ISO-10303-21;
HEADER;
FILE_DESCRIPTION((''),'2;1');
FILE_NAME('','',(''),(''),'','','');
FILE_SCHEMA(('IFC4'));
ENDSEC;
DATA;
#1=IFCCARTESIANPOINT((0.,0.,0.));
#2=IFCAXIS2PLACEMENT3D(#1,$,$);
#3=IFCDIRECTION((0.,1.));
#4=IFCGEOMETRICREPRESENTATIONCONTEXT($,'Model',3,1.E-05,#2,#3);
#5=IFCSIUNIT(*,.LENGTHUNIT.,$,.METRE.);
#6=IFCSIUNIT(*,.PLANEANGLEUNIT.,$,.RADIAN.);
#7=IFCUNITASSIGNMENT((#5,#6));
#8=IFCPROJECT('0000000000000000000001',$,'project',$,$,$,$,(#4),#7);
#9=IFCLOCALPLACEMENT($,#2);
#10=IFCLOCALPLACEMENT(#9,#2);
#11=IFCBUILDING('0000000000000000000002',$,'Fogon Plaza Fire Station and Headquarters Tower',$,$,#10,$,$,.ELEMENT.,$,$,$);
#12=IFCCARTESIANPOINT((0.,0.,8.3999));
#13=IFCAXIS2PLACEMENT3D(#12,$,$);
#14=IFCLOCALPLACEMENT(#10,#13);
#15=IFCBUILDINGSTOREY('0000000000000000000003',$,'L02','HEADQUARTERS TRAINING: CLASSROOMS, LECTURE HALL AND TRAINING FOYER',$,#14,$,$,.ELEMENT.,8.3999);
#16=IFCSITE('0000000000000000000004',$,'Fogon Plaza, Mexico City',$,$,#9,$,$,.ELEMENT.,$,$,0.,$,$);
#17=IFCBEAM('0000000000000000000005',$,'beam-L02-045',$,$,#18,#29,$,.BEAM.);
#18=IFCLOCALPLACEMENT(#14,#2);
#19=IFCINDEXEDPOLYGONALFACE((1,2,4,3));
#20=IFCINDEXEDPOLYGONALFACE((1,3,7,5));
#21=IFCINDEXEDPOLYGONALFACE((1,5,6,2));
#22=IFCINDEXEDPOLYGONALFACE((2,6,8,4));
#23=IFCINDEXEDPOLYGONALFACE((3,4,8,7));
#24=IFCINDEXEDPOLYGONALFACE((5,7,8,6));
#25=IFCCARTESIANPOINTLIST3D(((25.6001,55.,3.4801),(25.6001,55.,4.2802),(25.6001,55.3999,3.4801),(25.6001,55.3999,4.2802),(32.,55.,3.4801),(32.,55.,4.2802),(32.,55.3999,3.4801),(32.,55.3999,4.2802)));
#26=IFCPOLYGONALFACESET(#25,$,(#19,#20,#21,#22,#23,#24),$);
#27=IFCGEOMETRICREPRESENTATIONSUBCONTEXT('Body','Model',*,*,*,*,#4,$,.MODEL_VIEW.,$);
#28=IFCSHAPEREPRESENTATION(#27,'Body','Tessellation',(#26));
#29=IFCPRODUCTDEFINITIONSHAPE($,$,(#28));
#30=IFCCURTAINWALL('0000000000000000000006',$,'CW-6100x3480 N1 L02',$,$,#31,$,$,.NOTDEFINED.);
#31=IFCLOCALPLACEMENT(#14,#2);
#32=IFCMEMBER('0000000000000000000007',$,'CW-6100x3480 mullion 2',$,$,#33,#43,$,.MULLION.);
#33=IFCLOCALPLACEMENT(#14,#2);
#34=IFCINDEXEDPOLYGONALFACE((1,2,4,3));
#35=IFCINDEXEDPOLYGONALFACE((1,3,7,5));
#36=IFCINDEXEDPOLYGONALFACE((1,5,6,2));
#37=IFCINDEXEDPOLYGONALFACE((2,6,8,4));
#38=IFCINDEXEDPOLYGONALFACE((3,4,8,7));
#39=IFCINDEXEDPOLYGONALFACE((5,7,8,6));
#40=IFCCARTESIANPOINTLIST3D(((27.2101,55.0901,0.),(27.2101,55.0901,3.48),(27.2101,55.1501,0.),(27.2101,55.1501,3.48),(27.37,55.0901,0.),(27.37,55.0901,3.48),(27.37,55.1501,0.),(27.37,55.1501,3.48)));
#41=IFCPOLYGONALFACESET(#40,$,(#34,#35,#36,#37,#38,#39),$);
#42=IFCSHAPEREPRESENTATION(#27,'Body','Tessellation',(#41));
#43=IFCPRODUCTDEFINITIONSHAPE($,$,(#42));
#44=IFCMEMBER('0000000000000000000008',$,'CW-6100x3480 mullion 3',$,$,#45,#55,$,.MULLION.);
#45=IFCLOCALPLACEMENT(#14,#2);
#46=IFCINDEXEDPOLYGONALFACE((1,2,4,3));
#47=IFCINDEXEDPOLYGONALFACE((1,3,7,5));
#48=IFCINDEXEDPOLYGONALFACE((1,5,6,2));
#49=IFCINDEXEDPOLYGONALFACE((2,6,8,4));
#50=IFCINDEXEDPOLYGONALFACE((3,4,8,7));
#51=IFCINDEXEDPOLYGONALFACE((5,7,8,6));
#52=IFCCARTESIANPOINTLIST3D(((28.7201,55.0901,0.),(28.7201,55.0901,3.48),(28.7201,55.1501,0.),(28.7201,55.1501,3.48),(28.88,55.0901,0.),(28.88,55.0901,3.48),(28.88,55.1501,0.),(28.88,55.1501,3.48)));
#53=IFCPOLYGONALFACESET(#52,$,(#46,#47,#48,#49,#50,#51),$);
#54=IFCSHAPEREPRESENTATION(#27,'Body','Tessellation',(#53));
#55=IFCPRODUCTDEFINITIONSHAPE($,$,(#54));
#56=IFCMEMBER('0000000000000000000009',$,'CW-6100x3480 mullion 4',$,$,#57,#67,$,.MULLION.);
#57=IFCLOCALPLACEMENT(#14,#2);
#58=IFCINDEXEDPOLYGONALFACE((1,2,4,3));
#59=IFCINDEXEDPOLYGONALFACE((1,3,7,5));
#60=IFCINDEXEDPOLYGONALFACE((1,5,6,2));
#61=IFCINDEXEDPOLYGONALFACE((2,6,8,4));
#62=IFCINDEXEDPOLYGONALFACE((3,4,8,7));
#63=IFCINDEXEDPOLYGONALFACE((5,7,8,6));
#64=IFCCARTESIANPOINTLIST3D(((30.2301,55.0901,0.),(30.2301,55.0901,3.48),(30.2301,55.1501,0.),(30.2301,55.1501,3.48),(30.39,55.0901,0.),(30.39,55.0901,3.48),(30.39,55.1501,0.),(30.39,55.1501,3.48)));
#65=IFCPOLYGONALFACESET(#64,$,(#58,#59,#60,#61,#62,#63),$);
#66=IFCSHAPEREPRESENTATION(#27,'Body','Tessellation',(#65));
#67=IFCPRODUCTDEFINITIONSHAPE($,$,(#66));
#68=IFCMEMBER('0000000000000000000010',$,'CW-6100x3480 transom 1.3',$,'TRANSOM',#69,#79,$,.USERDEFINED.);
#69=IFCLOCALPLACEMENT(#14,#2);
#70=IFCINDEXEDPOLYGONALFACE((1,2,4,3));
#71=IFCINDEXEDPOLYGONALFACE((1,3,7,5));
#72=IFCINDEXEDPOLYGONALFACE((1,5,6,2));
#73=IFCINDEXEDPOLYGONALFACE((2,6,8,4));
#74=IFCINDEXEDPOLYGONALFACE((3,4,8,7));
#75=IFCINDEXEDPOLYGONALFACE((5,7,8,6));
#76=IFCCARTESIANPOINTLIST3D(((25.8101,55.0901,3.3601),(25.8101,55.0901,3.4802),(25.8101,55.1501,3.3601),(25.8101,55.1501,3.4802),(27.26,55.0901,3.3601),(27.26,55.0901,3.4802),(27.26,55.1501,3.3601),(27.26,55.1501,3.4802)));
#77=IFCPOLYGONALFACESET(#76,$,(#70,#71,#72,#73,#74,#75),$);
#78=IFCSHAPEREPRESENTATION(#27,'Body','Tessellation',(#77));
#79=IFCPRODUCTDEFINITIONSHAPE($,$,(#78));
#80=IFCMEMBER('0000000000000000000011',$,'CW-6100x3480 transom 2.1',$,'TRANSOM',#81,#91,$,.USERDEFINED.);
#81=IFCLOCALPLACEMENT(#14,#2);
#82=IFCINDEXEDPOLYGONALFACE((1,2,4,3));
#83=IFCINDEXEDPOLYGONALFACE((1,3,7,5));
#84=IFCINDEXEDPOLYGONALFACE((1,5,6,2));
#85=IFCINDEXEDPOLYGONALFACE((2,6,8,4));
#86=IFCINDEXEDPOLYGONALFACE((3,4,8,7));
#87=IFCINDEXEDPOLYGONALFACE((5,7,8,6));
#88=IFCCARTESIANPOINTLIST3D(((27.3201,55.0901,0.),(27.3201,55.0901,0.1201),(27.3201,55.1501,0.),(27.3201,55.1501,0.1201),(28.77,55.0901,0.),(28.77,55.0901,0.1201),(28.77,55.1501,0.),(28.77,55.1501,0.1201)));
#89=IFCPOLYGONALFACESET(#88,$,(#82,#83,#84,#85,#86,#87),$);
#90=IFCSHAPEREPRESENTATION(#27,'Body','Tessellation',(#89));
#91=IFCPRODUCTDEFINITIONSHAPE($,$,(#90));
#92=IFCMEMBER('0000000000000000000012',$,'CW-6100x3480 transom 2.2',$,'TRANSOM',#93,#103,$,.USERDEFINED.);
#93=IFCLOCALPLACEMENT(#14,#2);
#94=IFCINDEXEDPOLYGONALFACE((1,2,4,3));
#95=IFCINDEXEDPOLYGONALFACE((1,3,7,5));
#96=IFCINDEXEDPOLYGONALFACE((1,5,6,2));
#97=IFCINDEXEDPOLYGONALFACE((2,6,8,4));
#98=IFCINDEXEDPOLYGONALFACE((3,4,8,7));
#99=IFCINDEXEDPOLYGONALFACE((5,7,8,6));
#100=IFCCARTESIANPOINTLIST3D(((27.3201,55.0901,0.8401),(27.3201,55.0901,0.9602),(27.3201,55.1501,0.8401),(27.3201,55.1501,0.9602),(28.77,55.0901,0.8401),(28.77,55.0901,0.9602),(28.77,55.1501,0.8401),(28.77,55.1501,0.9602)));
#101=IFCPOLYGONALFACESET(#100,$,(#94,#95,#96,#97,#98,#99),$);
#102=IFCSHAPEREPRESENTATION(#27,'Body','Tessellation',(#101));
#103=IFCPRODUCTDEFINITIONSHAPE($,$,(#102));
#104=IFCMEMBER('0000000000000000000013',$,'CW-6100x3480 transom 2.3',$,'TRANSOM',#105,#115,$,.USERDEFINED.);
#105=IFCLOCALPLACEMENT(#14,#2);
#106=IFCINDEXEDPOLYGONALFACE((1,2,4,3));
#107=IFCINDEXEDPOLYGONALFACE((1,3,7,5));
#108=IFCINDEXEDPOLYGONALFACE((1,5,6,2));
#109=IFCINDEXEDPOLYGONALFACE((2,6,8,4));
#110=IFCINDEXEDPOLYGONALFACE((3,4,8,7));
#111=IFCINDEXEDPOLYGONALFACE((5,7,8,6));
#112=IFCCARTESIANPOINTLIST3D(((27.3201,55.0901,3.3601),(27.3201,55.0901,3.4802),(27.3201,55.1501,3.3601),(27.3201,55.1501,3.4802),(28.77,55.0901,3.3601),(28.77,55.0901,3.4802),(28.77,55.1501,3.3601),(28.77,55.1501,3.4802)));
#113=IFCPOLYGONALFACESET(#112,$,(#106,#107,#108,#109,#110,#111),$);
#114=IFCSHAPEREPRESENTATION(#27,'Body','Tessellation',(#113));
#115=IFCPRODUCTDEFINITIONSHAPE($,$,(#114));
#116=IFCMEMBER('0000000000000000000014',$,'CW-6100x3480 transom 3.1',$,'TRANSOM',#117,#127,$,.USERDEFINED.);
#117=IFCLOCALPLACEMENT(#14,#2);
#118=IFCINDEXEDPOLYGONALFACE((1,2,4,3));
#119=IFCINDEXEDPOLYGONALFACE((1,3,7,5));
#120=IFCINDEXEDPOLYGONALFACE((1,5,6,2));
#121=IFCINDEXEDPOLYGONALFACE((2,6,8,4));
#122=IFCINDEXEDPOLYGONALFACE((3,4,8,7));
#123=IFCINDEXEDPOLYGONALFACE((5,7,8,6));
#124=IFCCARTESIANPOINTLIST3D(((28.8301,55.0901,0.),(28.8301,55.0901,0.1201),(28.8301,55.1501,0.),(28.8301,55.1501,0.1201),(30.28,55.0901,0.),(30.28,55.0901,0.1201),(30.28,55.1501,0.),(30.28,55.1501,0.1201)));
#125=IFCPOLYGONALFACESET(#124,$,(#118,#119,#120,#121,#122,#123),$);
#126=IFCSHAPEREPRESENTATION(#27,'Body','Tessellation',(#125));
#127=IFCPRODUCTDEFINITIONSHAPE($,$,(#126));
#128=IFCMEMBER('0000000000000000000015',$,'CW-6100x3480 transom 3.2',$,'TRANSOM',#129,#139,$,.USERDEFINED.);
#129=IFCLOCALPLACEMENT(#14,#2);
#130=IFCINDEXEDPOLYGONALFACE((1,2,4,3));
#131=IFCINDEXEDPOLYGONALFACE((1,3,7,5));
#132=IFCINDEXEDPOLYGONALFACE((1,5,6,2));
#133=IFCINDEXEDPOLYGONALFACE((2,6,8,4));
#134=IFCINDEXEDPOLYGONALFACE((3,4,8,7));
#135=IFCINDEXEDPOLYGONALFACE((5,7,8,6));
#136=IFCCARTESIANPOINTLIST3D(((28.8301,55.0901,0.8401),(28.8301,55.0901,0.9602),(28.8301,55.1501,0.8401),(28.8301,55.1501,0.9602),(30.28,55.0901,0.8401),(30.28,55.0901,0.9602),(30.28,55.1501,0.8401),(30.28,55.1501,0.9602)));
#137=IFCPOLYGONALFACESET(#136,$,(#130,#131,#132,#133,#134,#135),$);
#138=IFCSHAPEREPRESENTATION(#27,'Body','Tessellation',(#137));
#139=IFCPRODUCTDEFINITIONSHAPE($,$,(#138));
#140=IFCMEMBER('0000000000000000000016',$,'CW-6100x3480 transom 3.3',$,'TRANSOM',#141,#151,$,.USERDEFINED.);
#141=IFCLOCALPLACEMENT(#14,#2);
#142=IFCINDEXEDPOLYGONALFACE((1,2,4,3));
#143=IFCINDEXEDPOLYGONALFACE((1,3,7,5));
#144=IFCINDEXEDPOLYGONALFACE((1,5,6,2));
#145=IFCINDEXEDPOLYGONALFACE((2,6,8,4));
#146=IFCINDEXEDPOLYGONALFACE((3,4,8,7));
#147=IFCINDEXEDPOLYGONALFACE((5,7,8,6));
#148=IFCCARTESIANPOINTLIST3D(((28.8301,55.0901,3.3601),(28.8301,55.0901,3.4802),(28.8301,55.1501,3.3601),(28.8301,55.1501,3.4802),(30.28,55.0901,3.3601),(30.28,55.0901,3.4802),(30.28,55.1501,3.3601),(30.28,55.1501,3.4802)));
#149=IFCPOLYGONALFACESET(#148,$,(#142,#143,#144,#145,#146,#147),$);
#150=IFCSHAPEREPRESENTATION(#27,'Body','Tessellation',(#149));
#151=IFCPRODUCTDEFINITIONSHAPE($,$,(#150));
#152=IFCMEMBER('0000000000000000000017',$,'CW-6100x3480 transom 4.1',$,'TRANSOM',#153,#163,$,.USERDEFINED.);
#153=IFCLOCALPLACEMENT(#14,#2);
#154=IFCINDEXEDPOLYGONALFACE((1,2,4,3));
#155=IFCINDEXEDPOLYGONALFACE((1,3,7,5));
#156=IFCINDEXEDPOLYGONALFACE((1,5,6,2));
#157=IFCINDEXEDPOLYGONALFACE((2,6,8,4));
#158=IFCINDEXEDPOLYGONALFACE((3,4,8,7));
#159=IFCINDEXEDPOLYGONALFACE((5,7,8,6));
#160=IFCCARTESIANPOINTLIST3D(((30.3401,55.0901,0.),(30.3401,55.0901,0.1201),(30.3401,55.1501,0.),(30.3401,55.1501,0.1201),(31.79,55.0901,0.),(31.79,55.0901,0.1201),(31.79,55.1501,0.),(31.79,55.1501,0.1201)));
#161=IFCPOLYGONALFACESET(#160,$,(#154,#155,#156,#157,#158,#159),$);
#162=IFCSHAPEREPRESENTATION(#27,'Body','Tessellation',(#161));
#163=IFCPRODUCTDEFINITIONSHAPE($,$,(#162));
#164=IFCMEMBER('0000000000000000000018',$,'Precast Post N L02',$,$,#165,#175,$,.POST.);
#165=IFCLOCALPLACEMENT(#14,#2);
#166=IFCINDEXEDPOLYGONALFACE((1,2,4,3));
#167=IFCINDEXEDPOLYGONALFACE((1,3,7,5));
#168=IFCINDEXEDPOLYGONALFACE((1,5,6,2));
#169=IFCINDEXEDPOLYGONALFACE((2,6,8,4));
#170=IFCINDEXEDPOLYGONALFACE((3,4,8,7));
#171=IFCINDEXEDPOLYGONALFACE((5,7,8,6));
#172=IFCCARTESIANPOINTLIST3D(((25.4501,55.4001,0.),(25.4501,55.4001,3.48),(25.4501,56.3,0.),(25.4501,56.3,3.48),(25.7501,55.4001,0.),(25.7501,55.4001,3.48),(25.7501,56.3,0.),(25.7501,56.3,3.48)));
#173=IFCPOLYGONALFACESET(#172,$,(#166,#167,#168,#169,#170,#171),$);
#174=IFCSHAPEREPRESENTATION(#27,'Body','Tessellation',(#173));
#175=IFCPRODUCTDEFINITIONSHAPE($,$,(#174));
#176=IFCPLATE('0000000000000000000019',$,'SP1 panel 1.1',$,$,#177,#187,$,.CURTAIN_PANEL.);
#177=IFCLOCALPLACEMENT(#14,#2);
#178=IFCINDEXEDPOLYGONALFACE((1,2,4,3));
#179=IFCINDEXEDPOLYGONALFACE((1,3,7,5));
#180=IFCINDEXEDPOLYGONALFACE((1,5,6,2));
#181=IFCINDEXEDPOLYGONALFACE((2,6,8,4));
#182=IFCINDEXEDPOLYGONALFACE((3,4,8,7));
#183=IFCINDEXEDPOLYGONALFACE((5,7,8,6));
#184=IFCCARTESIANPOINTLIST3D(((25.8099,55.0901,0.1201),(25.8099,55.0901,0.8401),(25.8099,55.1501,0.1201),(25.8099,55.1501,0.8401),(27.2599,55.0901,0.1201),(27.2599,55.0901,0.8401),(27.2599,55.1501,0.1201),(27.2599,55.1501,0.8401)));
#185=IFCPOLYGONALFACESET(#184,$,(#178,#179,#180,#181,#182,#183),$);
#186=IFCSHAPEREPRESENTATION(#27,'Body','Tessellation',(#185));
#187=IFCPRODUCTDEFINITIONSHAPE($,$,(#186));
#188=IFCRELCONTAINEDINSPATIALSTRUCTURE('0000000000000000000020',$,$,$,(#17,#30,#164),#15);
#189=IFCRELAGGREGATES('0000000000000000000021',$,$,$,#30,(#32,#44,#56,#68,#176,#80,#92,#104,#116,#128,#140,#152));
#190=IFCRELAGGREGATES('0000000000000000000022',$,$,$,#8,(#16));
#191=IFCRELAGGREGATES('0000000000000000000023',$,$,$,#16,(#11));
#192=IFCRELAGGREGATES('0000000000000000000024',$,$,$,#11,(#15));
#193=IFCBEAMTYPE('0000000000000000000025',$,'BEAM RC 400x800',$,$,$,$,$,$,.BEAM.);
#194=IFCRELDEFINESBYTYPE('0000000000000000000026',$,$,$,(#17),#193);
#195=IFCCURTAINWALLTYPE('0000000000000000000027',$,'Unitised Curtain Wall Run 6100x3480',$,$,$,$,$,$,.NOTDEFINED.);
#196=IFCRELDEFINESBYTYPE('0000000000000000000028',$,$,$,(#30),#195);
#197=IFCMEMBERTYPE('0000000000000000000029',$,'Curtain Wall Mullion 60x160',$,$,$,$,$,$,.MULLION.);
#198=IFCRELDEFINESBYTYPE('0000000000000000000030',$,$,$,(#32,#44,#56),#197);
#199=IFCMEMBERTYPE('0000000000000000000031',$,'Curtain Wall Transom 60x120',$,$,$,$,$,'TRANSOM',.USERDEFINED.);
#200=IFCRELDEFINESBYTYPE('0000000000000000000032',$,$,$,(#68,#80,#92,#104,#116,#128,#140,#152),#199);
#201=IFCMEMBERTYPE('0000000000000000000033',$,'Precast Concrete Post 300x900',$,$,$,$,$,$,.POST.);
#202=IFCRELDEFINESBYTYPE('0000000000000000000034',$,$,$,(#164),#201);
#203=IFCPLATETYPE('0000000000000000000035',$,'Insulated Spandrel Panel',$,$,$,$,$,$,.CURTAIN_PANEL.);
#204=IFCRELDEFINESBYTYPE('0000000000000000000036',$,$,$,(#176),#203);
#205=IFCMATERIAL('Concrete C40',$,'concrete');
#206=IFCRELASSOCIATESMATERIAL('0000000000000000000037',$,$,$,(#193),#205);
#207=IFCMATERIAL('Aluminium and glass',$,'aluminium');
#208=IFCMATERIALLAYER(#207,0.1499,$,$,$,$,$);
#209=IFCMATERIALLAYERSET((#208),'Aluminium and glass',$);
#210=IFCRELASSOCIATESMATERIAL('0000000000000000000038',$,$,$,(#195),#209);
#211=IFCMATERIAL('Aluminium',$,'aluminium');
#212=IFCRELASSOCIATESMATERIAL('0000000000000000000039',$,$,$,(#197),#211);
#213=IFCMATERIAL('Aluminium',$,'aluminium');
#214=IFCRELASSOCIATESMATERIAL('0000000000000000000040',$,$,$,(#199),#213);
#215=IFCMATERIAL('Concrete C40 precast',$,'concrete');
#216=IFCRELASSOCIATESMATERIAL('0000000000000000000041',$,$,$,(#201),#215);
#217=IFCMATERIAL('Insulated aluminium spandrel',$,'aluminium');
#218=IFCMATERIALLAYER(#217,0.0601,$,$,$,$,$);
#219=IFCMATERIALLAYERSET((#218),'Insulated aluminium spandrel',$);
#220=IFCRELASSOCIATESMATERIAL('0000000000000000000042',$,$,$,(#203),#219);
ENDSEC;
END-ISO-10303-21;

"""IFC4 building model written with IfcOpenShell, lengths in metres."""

from ifc_helpers import new_model, si_unit, direction, frame, origin, origin_2d, place, context, subcontext, project, spatial, rectangle, extrude, material, layer, layer_set, material_profile, profile_set, type_object, element, aggregate, save


model = new_model("IFC4")

# Units and contexts
model_context = context("Model", 3, precision=1e-05, world=origin(), true_north=direction((0.0, 1.0)))
body_context = subcontext(model_context, "Body", "Model", "MODEL_VIEW")
ifc_project = project(units=[si_unit("LENGTHUNIT", "METRE"), si_unit("PLANEANGLEUNIT", "RADIAN")], contexts=[model_context])

# Site, building, storey
site_placement = place(None, origin())
site = spatial("IfcSite", under=ifc_project, at=site_placement, Name="Fogon Plaza, Mexico City", CompositionType="ELEMENT", RefElevation=0.0)
building_placement = place(site_placement, origin())
building = spatial("IfcBuilding", under=site, at=building_placement, Name="Fogon Plaza Fire Station and Headquarters Tower", CompositionType="ELEMENT")
storey_placement = place(building_placement, frame((0.0, 0.0, 8.3999)))
storey = spatial("IfcBuildingStorey", under=building, at=storey_placement, Name="L02", Description="HEADQUARTERS TRAINING: CLASSROOMS, LECTURE HALL AND TRAINING FOYER", CompositionType="ELEMENT", Elevation=8.3999)

# Beam
ifc_material_1 = material(Name="Concrete C40", Category="concrete")
ifc_material_profile_1 = material_profile(ifc_material_1, rectangle(XDim=0.3999, YDim=0.8, at=origin_2d()), Name="RC 400x800")
ifc_profile_set_1 = profile_set([ifc_material_profile_1], Name="Concrete C40")
beam_type = type_object("IfcBeamType", Name="BEAM RC 400x800", PredefinedType="BEAM", material=ifc_profile_set_1)
beam_placement = place(storey_placement, frame((25.6001, 55.2, 3.8801), z_axis=(1.0, 0.0, 0.0), x_axis=(0.0, 1.0, 0.0)))
element("IfcBeam", 1, at=beam_placement, inside=storey, type_object=beam_type, Name="beam-L02-045", PredefinedType="BEAM", context=body_context, shape_type="SweptSolid", body=[
    extrude(rectangle(XDim=0.3999, YDim=0.8, at=origin_2d()), origin(), (0.0, 0.0, 1.0), 6.3999),
])

# Curtain wall, members
ifc_material_2 = material(Name="Aluminium and glass", Category="aluminium")
ifc_layer_1 = layer(ifc_material_2, 0.1499)
ifc_layer_set_1 = layer_set([ifc_layer_1], Name="Aluminium and glass")
curtain_wall_type = type_object("IfcCurtainWallType", Name="Unitised Curtain Wall Run 6100x3480", PredefinedType="NOTDEFINED", material=ifc_layer_set_1)
curtain_wall_placement = place(storey_placement, origin())
curtain_wall = element("IfcCurtainWall", 2, at=curtain_wall_placement, inside=storey, type_object=curtain_wall_type, Name="CW-6100x3480 N1 L02", PredefinedType="NOTDEFINED")
ifc_material_3 = material(Name="Aluminium", Category="aluminium")
ifc_material_profile_2 = material_profile(ifc_material_3, rectangle(XDim=0.0601, YDim=0.1599, at=origin_2d()), Name="Curtain Wall Mullion 60x160")
ifc_profile_set_2 = profile_set([ifc_material_profile_2], Name="Aluminium")
member_type_1 = type_object("IfcMemberType", Name="Curtain Wall Mullion 60x160", PredefinedType="MULLION", material=ifc_profile_set_2)
member_1_placement = place(storey_placement, frame((27.29, 55.1201, 0.0), z_axis=(0.0, 0.0, 1.0), x_axis=(0.0, 1.0, 0.0)))
member_1 = element("IfcMember", 3, at=member_1_placement, type_object=member_type_1, Name="CW-6100x3480 mullion 2", PredefinedType="MULLION", context=body_context, shape_type="SweptSolid", body=[
    extrude(rectangle(XDim=0.0601, YDim=0.1599, at=origin_2d()), origin(), (0.0, 0.0, 1.0), 3.48),
])
member_2_placement = place(storey_placement, frame((28.8, 55.1201, 0.0), z_axis=(0.0, 0.0, 1.0), x_axis=(0.0, 1.0, 0.0)))
member_2 = element("IfcMember", 4, at=member_2_placement, type_object=member_type_1, Name="CW-6100x3480 mullion 3", PredefinedType="MULLION", context=body_context, shape_type="SweptSolid", body=[
    extrude(rectangle(XDim=0.0601, YDim=0.1599, at=origin_2d()), origin(), (0.0, 0.0, 1.0), 3.48),
])
member_3_placement = place(storey_placement, frame((30.3101, 55.1201, 0.0), z_axis=(0.0, 0.0, 1.0), x_axis=(0.0, 1.0, 0.0)))
member_3 = element("IfcMember", 5, at=member_3_placement, type_object=member_type_1, Name="CW-6100x3480 mullion 4", PredefinedType="MULLION", context=body_context, shape_type="SweptSolid", body=[
    extrude(rectangle(XDim=0.0601, YDim=0.1599, at=origin_2d()), origin(), (0.0, 0.0, 1.0), 3.48),
])
ifc_material_4 = material(Name="Aluminium", Category="aluminium")
ifc_material_profile_3 = material_profile(ifc_material_4, rectangle(XDim=0.0601, YDim=0.1201, at=origin_2d()), Name="Curtain Wall Transom 60x120")
ifc_profile_set_3 = profile_set([ifc_material_profile_3], Name="Aluminium")
member_type_2 = type_object("IfcMemberType", Name="Curtain Wall Transom 60x120", ElementType="TRANSOM", PredefinedType="USERDEFINED", material=ifc_profile_set_3)
member_4_placement = place(storey_placement, frame((25.8101, 55.1201, 3.4202), z_axis=(1.0, 0.0, 0.0), x_axis=(0.0, 1.0, 0.0)))
member_4 = element("IfcMember", 6, at=member_4_placement, type_object=member_type_2, Name="CW-6100x3480 transom 1.3", ObjectType="TRANSOM", PredefinedType="USERDEFINED", context=body_context, shape_type="SweptSolid", body=[
    extrude(rectangle(XDim=0.0601, YDim=0.1201, at=origin_2d()), origin(), (0.0, 0.0, 1.0), 1.45),
])
member_5_placement = place(storey_placement, frame((27.3201, 55.1201, 0.0601), z_axis=(1.0, 0.0, 0.0), x_axis=(0.0, 1.0, 0.0)))
member_5 = element("IfcMember", 7, at=member_5_placement, type_object=member_type_2, Name="CW-6100x3480 transom 2.1", ObjectType="TRANSOM", PredefinedType="USERDEFINED", context=body_context, shape_type="SweptSolid", body=[
    extrude(rectangle(XDim=0.0601, YDim=0.1201, at=origin_2d()), origin(), (0.0, 0.0, 1.0), 1.45),
])
member_6_placement = place(storey_placement, frame((27.3201, 55.1201, 0.9001), z_axis=(1.0, 0.0, 0.0), x_axis=(0.0, 1.0, 0.0)))
member_6 = element("IfcMember", 8, at=member_6_placement, type_object=member_type_2, Name="CW-6100x3480 transom 2.2", ObjectType="TRANSOM", PredefinedType="USERDEFINED", context=body_context, shape_type="SweptSolid", body=[
    extrude(rectangle(XDim=0.0601, YDim=0.1201, at=origin_2d()), origin(), (0.0, 0.0, 1.0), 1.45),
])
member_7_placement = place(storey_placement, frame((27.3201, 55.1201, 3.4202), z_axis=(1.0, 0.0, 0.0), x_axis=(0.0, 1.0, 0.0)))
member_7 = element("IfcMember", 9, at=member_7_placement, type_object=member_type_2, Name="CW-6100x3480 transom 2.3", ObjectType="TRANSOM", PredefinedType="USERDEFINED", context=body_context, shape_type="SweptSolid", body=[
    extrude(rectangle(XDim=0.0601, YDim=0.1201, at=origin_2d()), origin(), (0.0, 0.0, 1.0), 1.45),
])
member_8_placement = place(storey_placement, frame((28.8301, 55.1201, 0.0601), z_axis=(1.0, 0.0, 0.0), x_axis=(0.0, 1.0, 0.0)))
member_8 = element("IfcMember", 10, at=member_8_placement, type_object=member_type_2, Name="CW-6100x3480 transom 3.1", ObjectType="TRANSOM", PredefinedType="USERDEFINED", context=body_context, shape_type="SweptSolid", body=[
    extrude(rectangle(XDim=0.0601, YDim=0.1201, at=origin_2d()), origin(), (0.0, 0.0, 1.0), 1.45),
])
member_9_placement = place(storey_placement, frame((28.8301, 55.1201, 0.9001), z_axis=(1.0, 0.0, 0.0), x_axis=(0.0, 1.0, 0.0)))
member_9 = element("IfcMember", 11, at=member_9_placement, type_object=member_type_2, Name="CW-6100x3480 transom 3.2", ObjectType="TRANSOM", PredefinedType="USERDEFINED", context=body_context, shape_type="SweptSolid", body=[
    extrude(rectangle(XDim=0.0601, YDim=0.1201, at=origin_2d()), origin(), (0.0, 0.0, 1.0), 1.45),
])
member_10_placement = place(storey_placement, frame((28.8301, 55.1201, 3.4202), z_axis=(1.0, 0.0, 0.0), x_axis=(0.0, 1.0, 0.0)))
member_10 = element("IfcMember", 12, at=member_10_placement, type_object=member_type_2, Name="CW-6100x3480 transom 3.3", ObjectType="TRANSOM", PredefinedType="USERDEFINED", context=body_context, shape_type="SweptSolid", body=[
    extrude(rectangle(XDim=0.0601, YDim=0.1201, at=origin_2d()), origin(), (0.0, 0.0, 1.0), 1.45),
])
member_11_placement = place(storey_placement, frame((30.3401, 55.1201, 0.0601), z_axis=(1.0, 0.0, 0.0), x_axis=(0.0, 1.0, 0.0)))
member_11 = element("IfcMember", 13, at=member_11_placement, type_object=member_type_2, Name="CW-6100x3480 transom 4.1", ObjectType="TRANSOM", PredefinedType="USERDEFINED", context=body_context, shape_type="SweptSolid", body=[
    extrude(rectangle(XDim=0.0601, YDim=0.1201, at=origin_2d()), origin(), (0.0, 0.0, 1.0), 1.45),
])

# Member
ifc_material_5 = material(Name="Concrete C40 precast", Category="concrete")
ifc_material_profile_4 = material_profile(ifc_material_5, rectangle(XDim=0.3, YDim=0.8999, at=origin_2d()), Name="Precast Concrete Post 300x900")
ifc_profile_set_4 = profile_set([ifc_material_profile_4], Name="Concrete C40 precast")
member_type_3 = type_object("IfcMemberType", Name="Precast Concrete Post 300x900", PredefinedType="POST", material=ifc_profile_set_4)
member_12_placement = place(storey_placement, frame((25.6001, 55.8501, 0.0), z_axis=(0.0, 0.0, 1.0), x_axis=(1.0, 0.0, 0.0)))
element("IfcMember", 14, at=member_12_placement, inside=storey, type_object=member_type_3, Name="Precast Post N L02", PredefinedType="POST", context=body_context, shape_type="SweptSolid", body=[
    extrude(rectangle(XDim=0.3, YDim=0.8999, at=origin_2d()), origin(), (0.0, 0.0, 1.0), 3.48),
])

# Plate
ifc_material_6 = material(Name="Insulated aluminium spandrel", Category="aluminium")
ifc_layer_2 = layer(ifc_material_6, 0.0601)
ifc_layer_set_2 = layer_set([ifc_layer_2], Name="Insulated aluminium spandrel")
plate_type_1 = type_object("IfcPlateType", Name="Insulated Spandrel Panel", PredefinedType="CURTAIN_PANEL", material=ifc_layer_set_2)
plate_1_placement = place(storey_placement, frame((26.5349, 55.1201, 0.1201), z_axis=(0.0, 0.0, 1.0), x_axis=(1.0, 0.0, 0.0)))
plate_1 = element("IfcPlate", 15, at=plate_1_placement, type_object=plate_type_1, Name="SP1 panel 1.1", PredefinedType="CURTAIN_PANEL", context=body_context, shape_type="SweptSolid", body=[
    extrude(rectangle(XDim=1.45, YDim=0.0601, at=origin_2d()), origin(), (0.0, 0.0, 1.0), 0.72),
])
aggregate(curtain_wall, [member_1, member_2, member_3, member_4, plate_1, member_5, member_6, member_7, member_8, member_9, member_10, member_11])

save(model, "model.ifc")
